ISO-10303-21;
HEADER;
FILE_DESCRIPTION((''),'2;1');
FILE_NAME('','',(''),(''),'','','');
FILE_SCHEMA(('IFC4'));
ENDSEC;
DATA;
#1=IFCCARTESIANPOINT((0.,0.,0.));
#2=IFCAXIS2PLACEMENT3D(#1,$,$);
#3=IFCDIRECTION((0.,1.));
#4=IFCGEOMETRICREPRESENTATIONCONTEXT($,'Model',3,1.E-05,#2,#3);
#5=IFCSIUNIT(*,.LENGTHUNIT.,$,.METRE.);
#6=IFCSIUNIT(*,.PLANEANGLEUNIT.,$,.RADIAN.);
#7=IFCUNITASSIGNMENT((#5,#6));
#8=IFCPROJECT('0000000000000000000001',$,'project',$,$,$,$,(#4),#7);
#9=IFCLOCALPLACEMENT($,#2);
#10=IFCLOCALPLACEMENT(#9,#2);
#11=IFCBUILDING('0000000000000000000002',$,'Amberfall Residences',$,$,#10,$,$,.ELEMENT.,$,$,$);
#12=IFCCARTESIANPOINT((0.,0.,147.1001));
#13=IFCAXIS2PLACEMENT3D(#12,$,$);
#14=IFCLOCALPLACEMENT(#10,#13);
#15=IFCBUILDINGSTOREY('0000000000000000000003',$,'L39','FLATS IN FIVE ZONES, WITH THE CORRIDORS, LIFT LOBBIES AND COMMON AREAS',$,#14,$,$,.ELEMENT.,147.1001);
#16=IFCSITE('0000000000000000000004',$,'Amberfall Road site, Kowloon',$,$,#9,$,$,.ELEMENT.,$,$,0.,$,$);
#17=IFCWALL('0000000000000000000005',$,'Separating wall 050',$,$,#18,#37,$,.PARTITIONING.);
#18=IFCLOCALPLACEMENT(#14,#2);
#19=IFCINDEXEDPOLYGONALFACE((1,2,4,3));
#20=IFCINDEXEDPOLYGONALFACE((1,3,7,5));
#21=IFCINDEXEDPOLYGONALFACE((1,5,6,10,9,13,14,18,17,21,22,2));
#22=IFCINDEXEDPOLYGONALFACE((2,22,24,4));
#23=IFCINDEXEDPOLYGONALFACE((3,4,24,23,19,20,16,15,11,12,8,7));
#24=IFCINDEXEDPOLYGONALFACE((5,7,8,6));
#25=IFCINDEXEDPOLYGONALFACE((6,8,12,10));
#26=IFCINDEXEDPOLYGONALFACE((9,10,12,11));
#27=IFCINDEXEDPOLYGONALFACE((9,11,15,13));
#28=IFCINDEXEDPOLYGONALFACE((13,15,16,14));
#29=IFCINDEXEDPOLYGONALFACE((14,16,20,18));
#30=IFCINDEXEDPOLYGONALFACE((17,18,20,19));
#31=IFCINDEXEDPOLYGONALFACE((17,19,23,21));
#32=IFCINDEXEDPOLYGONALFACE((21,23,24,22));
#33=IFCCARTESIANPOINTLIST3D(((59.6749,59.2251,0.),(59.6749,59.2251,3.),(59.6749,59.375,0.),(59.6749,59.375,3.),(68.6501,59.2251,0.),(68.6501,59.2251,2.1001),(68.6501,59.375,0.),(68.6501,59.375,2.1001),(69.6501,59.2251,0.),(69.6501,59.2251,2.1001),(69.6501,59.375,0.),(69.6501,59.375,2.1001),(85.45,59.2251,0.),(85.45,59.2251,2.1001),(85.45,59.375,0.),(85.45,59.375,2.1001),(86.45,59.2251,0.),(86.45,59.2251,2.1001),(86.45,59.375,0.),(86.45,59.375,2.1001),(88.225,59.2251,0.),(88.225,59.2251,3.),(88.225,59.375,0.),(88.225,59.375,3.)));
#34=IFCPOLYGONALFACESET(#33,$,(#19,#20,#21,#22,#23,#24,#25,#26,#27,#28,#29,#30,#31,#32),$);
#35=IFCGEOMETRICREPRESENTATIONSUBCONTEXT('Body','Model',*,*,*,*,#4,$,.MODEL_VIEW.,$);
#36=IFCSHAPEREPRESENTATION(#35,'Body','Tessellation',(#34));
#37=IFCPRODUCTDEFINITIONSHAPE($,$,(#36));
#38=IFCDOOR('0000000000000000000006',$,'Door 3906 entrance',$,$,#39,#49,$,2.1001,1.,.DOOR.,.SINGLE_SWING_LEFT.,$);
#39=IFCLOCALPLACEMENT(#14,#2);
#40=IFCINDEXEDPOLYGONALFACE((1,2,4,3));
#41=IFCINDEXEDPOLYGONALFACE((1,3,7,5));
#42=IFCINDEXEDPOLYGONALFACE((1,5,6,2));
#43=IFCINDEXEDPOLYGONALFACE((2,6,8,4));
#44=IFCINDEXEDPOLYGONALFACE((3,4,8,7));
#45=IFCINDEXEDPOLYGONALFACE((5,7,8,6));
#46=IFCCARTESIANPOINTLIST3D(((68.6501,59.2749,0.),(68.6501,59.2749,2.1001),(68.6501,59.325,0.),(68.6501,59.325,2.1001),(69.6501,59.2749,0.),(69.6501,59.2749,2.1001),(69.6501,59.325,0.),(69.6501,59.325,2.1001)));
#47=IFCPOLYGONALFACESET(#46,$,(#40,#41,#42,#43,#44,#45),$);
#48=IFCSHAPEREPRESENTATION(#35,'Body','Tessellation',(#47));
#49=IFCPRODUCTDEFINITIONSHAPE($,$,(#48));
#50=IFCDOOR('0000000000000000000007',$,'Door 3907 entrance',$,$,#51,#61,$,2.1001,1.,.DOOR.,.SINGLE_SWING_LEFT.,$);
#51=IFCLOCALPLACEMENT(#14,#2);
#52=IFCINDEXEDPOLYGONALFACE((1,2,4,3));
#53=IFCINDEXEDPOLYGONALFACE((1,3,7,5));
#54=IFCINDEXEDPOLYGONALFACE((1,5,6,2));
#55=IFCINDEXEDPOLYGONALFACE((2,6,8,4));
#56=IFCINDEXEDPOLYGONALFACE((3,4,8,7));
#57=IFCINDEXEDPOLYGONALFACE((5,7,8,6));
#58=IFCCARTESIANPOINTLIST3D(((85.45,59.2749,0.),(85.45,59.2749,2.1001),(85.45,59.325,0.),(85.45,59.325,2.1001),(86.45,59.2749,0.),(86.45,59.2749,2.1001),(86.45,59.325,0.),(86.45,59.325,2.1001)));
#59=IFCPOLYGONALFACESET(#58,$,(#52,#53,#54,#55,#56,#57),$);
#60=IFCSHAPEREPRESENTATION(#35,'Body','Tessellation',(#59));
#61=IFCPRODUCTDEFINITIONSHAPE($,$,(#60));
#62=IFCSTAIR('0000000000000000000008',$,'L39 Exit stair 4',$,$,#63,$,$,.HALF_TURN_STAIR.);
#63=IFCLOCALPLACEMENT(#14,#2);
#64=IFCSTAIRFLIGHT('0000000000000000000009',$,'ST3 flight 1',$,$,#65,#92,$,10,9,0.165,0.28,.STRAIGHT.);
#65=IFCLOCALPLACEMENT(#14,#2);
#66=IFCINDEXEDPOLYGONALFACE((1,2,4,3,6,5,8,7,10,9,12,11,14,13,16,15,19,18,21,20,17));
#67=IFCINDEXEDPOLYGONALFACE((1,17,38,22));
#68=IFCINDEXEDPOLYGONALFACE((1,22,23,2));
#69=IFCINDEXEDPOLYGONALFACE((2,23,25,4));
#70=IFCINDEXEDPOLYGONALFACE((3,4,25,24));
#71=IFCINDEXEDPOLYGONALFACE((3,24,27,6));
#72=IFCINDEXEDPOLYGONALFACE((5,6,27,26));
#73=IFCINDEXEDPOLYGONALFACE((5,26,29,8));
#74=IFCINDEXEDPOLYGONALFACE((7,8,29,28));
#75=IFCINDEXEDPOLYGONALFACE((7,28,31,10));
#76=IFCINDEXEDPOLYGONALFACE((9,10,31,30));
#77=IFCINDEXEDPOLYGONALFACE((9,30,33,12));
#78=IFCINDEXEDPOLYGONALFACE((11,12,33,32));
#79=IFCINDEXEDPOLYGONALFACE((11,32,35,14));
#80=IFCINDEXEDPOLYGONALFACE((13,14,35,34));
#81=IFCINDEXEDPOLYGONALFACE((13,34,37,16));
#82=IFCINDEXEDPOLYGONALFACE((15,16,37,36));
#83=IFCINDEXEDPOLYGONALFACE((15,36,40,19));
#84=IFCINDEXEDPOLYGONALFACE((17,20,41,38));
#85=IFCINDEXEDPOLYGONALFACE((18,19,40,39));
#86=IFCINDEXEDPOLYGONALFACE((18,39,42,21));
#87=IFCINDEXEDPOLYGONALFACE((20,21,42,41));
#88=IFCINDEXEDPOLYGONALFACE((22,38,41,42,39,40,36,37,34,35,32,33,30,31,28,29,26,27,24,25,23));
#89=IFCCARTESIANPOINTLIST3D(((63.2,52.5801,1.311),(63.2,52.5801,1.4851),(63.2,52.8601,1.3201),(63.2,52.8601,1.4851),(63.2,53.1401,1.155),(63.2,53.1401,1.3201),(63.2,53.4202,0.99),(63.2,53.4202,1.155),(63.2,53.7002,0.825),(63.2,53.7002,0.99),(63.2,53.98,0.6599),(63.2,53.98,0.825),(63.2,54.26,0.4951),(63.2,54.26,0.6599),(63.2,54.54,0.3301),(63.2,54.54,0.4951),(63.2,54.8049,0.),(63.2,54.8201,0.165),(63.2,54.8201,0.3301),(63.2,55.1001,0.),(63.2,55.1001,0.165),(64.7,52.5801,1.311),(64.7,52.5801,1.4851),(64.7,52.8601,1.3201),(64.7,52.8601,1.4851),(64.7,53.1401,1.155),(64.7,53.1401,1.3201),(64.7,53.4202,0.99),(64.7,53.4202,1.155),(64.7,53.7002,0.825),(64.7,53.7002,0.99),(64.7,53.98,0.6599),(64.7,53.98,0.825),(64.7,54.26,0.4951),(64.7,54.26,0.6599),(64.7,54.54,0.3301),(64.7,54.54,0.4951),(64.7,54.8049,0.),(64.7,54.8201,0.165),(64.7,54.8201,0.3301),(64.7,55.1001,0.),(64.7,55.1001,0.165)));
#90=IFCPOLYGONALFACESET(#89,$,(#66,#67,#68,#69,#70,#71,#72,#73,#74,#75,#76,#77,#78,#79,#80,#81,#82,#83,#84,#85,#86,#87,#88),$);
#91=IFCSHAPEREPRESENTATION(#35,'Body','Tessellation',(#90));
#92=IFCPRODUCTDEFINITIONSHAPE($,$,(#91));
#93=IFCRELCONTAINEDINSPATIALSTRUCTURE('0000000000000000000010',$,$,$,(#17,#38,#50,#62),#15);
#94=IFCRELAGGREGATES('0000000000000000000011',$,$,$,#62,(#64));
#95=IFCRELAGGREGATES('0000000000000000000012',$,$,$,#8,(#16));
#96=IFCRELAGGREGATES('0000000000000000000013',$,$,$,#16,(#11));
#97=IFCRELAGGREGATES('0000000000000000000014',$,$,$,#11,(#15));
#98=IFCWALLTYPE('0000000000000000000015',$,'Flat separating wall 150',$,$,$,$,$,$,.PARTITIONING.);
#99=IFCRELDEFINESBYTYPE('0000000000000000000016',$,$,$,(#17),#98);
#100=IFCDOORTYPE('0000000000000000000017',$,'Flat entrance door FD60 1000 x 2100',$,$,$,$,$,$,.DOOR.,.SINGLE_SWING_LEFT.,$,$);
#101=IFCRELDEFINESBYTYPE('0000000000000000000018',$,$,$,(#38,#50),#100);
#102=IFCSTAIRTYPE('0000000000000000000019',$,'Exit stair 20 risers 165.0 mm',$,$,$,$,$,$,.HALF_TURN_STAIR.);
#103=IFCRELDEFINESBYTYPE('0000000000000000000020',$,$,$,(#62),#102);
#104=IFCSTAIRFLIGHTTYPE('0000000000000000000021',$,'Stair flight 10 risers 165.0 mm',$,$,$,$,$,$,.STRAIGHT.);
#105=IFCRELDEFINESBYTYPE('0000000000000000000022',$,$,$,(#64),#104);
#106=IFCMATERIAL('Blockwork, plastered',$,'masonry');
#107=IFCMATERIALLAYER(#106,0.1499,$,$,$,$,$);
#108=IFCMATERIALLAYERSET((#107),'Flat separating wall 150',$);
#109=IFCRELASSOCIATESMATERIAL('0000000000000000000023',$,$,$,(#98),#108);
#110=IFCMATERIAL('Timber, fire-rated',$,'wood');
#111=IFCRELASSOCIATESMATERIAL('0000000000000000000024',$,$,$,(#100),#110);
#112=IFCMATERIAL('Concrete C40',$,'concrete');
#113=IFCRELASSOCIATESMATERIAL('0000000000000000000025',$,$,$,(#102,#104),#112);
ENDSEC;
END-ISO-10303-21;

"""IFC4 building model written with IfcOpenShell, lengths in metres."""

from ifc_helpers import new_model, si_unit, direction, frame, frame_2d, origin, place, context, subcontext, project, spatial, polyline, rectangle, outline, extrude, material, layer, layer_set, type_object, element, fill, aggregate, save


model = new_model("IFC4")

# Units and contexts
model_context = context("Model", 3, precision=1e-05, world=origin(), true_north=direction((0.0, 1.0)))
body_context = subcontext(model_context, "Body", "Model", "MODEL_VIEW")
ifc_project = project(units=[si_unit("LENGTHUNIT", "METRE"), si_unit("PLANEANGLEUNIT", "RADIAN")], contexts=[model_context])

# Site, building, storey
site_placement = place(None, origin())
site = spatial("IfcSite", under=ifc_project, at=site_placement, Name="Amberfall Road site, Kowloon", CompositionType="ELEMENT", RefElevation=0.0)
building_placement = place(site_placement, origin())
building = spatial("IfcBuilding", under=site, at=building_placement, Name="Amberfall Residences", CompositionType="ELEMENT")
storey_placement = place(building_placement, frame((0.0, 0.0, 147.1001)))
storey = spatial("IfcBuildingStorey", under=building, at=storey_placement, Name="L39", Description="FLATS IN FIVE ZONES, WITH THE CORRIDORS, LIFT LOBBIES AND COMMON AREAS", CompositionType="ELEMENT", Elevation=147.1001)

# Shared definitions
ifc_material_1 = material(Name="Blockwork, plastered", Category="masonry")
ifc_layer_1 = layer(ifc_material_1, 0.1499)
ifc_layer_set_1 = layer_set([ifc_layer_1], Name="Flat separating wall 150")
wall_type_1 = type_object("IfcWallType", Name="Flat separating wall 150", PredefinedType="PARTITIONING", material=ifc_layer_set_1)

# Wall, openings, doors
wall_1_placement = place(storey_placement, frame((59.675, 59.3, 0.0), z_axis=(0.0, 0.0, 1.0), x_axis=(1.0, 0.0, 0.0)))
wall_1 = element("IfcWall", 1, at=wall_1_placement, inside=storey, type_object=wall_type_1, Name="Separating wall 050", PredefinedType="PARTITIONING", context=body_context, shape_type="SweptSolid", body=[
    extrude(rectangle(XDim=28.55, YDim=0.1499, at=frame_2d((14.2749, 0.0))), origin(), (0.0, 0.0, 1.0), 3.0),
])
opening_1_placement = place(wall_1_placement, frame((8.9751, 0.0, 0.0)))
opening_1 = element("IfcOpeningElement", 2, at=opening_1_placement, cuts=wall_1, PredefinedType="OPENING", context=body_context, shape_type="SweptSolid", body=[
    extrude(rectangle(XDim=1.0, YDim=2.1001, at=frame_2d((0.5, 1.05))), frame((0.0, 0.085, 0.0), z_axis=(0.0, -1.0, 0.0), x_axis=(1.0, 0.0, 0.0)), (0.0, 0.0, 1.0), 0.1699),
])
opening_2_placement = place(wall_1_placement, frame((25.7749, 0.0, 0.0)))
opening_2 = element("IfcOpeningElement", 3, at=opening_2_placement, cuts=wall_1, PredefinedType="OPENING", context=body_context, shape_type="SweptSolid", body=[
    extrude(rectangle(XDim=1.0, YDim=2.1001, at=frame_2d((0.5, 1.05))), frame((0.0, 0.085, 0.0), z_axis=(0.0, -1.0, 0.0), x_axis=(1.0, 0.0, 0.0)), (0.0, 0.0, 1.0), 0.1699),
])
ifc_material_2 = material(Name="Timber, fire-rated", Category="wood")
door_type_1 = type_object("IfcDoorType", Name="Flat entrance door FD60 1000 x 2100", OperationType="SINGLE_SWING_LEFT", PredefinedType="DOOR", material=ifc_material_2)
door_1_placement = place(opening_1_placement, origin())
door_1 = element("IfcDoor", 4, at=door_1_placement, inside=storey, type_object=door_type_1, Name="Door 3906 entrance", OperationType="SINGLE_SWING_LEFT", OverallHeight=2.1001, OverallWidth=1.0, PredefinedType="DOOR", context=body_context, shape_type="SweptSolid", body=[
    extrude(rectangle(XDim=1.0, YDim=2.1001, at=frame_2d((0.5, 1.05))), frame((0.0, 0.0249, 0.0), z_axis=(0.0, -1.0, 0.0), x_axis=(1.0, 0.0, 0.0)), (0.0, 0.0, 1.0), 0.05),
])
fill(opening_1, door_1)
door_2_placement = place(opening_2_placement, origin())
door_2 = element("IfcDoor", 5, at=door_2_placement, inside=storey, type_object=door_type_1, Name="Door 3907 entrance", OperationType="SINGLE_SWING_LEFT", OverallHeight=2.1001, OverallWidth=1.0, PredefinedType="DOOR", context=body_context, shape_type="SweptSolid", body=[
    extrude(rectangle(XDim=1.0, YDim=2.1001, at=frame_2d((0.5, 1.05))), frame((0.0, 0.0249, 0.0), z_axis=(0.0, -1.0, 0.0), x_axis=(1.0, 0.0, 0.0)), (0.0, 0.0, 1.0), 0.05),
])
fill(opening_2, door_2)

# Stair, stair flight
ifc_material_3 = material(Name="Concrete C40", Category="concrete")
stair_type = type_object("IfcStairType", Name="Exit stair 20 risers 165.0 mm", PredefinedType="HALF_TURN_STAIR", material=ifc_material_3)
stair_placement = place(storey_placement, origin())
stair = element("IfcStair", 6, at=stair_placement, inside=storey, type_object=stair_type, Name="L39 Exit stair 4", PredefinedType="HALF_TURN_STAIR")
stair_flight_type = type_object("IfcStairFlightType", Name="Stair flight 10 risers 165.0 mm", PredefinedType="STRAIGHT", material=ifc_material_3)
stair_flight_placement = place(storey_placement, frame((63.95, 55.1001, 0.0), z_axis=(0.0, 0.0, 1.0), x_axis=(0.0, -1.0, 0.0)))
stair_flight = element("IfcStairFlight", 7, at=stair_flight_placement, type_object=stair_flight_type, Name="ST3 flight 1", NumberOfRisers=10, NumberOfTreads=9, PredefinedType="STRAIGHT", RiserHeight=0.165, TreadLength=0.28, context=body_context, shape_type="SweptSolid", body=[
    extrude(outline(polyline([(0.0, 0.0), (0.0, 0.165), (0.28, 0.165), (0.28, 0.3301), (0.5601, 0.3301), (0.5601, 0.4951), (0.8401, 0.4951), (0.8401, 0.6599), (1.1201, 0.6599), (1.1201, 0.825), (1.3999, 0.825), (1.3999, 0.99), (1.6799, 0.99), (1.6799, 1.155), (1.96, 1.155), (1.96, 1.3201), (2.24, 1.3201), (2.24, 1.4851), (2.52, 1.4851), (2.52, 1.6499), (2.52, 1.311), (0.2952, 0.0), (0.0, 0.0)])), frame((0.0, 0.75, 0.0), z_axis=(0.0, -1.0, 0.0), x_axis=(1.0, 0.0, 0.0)), (0.0, 0.0, 1.0), 1.5),
])
aggregate(stair, [stair_flight])

save(model, "model.ifc")
